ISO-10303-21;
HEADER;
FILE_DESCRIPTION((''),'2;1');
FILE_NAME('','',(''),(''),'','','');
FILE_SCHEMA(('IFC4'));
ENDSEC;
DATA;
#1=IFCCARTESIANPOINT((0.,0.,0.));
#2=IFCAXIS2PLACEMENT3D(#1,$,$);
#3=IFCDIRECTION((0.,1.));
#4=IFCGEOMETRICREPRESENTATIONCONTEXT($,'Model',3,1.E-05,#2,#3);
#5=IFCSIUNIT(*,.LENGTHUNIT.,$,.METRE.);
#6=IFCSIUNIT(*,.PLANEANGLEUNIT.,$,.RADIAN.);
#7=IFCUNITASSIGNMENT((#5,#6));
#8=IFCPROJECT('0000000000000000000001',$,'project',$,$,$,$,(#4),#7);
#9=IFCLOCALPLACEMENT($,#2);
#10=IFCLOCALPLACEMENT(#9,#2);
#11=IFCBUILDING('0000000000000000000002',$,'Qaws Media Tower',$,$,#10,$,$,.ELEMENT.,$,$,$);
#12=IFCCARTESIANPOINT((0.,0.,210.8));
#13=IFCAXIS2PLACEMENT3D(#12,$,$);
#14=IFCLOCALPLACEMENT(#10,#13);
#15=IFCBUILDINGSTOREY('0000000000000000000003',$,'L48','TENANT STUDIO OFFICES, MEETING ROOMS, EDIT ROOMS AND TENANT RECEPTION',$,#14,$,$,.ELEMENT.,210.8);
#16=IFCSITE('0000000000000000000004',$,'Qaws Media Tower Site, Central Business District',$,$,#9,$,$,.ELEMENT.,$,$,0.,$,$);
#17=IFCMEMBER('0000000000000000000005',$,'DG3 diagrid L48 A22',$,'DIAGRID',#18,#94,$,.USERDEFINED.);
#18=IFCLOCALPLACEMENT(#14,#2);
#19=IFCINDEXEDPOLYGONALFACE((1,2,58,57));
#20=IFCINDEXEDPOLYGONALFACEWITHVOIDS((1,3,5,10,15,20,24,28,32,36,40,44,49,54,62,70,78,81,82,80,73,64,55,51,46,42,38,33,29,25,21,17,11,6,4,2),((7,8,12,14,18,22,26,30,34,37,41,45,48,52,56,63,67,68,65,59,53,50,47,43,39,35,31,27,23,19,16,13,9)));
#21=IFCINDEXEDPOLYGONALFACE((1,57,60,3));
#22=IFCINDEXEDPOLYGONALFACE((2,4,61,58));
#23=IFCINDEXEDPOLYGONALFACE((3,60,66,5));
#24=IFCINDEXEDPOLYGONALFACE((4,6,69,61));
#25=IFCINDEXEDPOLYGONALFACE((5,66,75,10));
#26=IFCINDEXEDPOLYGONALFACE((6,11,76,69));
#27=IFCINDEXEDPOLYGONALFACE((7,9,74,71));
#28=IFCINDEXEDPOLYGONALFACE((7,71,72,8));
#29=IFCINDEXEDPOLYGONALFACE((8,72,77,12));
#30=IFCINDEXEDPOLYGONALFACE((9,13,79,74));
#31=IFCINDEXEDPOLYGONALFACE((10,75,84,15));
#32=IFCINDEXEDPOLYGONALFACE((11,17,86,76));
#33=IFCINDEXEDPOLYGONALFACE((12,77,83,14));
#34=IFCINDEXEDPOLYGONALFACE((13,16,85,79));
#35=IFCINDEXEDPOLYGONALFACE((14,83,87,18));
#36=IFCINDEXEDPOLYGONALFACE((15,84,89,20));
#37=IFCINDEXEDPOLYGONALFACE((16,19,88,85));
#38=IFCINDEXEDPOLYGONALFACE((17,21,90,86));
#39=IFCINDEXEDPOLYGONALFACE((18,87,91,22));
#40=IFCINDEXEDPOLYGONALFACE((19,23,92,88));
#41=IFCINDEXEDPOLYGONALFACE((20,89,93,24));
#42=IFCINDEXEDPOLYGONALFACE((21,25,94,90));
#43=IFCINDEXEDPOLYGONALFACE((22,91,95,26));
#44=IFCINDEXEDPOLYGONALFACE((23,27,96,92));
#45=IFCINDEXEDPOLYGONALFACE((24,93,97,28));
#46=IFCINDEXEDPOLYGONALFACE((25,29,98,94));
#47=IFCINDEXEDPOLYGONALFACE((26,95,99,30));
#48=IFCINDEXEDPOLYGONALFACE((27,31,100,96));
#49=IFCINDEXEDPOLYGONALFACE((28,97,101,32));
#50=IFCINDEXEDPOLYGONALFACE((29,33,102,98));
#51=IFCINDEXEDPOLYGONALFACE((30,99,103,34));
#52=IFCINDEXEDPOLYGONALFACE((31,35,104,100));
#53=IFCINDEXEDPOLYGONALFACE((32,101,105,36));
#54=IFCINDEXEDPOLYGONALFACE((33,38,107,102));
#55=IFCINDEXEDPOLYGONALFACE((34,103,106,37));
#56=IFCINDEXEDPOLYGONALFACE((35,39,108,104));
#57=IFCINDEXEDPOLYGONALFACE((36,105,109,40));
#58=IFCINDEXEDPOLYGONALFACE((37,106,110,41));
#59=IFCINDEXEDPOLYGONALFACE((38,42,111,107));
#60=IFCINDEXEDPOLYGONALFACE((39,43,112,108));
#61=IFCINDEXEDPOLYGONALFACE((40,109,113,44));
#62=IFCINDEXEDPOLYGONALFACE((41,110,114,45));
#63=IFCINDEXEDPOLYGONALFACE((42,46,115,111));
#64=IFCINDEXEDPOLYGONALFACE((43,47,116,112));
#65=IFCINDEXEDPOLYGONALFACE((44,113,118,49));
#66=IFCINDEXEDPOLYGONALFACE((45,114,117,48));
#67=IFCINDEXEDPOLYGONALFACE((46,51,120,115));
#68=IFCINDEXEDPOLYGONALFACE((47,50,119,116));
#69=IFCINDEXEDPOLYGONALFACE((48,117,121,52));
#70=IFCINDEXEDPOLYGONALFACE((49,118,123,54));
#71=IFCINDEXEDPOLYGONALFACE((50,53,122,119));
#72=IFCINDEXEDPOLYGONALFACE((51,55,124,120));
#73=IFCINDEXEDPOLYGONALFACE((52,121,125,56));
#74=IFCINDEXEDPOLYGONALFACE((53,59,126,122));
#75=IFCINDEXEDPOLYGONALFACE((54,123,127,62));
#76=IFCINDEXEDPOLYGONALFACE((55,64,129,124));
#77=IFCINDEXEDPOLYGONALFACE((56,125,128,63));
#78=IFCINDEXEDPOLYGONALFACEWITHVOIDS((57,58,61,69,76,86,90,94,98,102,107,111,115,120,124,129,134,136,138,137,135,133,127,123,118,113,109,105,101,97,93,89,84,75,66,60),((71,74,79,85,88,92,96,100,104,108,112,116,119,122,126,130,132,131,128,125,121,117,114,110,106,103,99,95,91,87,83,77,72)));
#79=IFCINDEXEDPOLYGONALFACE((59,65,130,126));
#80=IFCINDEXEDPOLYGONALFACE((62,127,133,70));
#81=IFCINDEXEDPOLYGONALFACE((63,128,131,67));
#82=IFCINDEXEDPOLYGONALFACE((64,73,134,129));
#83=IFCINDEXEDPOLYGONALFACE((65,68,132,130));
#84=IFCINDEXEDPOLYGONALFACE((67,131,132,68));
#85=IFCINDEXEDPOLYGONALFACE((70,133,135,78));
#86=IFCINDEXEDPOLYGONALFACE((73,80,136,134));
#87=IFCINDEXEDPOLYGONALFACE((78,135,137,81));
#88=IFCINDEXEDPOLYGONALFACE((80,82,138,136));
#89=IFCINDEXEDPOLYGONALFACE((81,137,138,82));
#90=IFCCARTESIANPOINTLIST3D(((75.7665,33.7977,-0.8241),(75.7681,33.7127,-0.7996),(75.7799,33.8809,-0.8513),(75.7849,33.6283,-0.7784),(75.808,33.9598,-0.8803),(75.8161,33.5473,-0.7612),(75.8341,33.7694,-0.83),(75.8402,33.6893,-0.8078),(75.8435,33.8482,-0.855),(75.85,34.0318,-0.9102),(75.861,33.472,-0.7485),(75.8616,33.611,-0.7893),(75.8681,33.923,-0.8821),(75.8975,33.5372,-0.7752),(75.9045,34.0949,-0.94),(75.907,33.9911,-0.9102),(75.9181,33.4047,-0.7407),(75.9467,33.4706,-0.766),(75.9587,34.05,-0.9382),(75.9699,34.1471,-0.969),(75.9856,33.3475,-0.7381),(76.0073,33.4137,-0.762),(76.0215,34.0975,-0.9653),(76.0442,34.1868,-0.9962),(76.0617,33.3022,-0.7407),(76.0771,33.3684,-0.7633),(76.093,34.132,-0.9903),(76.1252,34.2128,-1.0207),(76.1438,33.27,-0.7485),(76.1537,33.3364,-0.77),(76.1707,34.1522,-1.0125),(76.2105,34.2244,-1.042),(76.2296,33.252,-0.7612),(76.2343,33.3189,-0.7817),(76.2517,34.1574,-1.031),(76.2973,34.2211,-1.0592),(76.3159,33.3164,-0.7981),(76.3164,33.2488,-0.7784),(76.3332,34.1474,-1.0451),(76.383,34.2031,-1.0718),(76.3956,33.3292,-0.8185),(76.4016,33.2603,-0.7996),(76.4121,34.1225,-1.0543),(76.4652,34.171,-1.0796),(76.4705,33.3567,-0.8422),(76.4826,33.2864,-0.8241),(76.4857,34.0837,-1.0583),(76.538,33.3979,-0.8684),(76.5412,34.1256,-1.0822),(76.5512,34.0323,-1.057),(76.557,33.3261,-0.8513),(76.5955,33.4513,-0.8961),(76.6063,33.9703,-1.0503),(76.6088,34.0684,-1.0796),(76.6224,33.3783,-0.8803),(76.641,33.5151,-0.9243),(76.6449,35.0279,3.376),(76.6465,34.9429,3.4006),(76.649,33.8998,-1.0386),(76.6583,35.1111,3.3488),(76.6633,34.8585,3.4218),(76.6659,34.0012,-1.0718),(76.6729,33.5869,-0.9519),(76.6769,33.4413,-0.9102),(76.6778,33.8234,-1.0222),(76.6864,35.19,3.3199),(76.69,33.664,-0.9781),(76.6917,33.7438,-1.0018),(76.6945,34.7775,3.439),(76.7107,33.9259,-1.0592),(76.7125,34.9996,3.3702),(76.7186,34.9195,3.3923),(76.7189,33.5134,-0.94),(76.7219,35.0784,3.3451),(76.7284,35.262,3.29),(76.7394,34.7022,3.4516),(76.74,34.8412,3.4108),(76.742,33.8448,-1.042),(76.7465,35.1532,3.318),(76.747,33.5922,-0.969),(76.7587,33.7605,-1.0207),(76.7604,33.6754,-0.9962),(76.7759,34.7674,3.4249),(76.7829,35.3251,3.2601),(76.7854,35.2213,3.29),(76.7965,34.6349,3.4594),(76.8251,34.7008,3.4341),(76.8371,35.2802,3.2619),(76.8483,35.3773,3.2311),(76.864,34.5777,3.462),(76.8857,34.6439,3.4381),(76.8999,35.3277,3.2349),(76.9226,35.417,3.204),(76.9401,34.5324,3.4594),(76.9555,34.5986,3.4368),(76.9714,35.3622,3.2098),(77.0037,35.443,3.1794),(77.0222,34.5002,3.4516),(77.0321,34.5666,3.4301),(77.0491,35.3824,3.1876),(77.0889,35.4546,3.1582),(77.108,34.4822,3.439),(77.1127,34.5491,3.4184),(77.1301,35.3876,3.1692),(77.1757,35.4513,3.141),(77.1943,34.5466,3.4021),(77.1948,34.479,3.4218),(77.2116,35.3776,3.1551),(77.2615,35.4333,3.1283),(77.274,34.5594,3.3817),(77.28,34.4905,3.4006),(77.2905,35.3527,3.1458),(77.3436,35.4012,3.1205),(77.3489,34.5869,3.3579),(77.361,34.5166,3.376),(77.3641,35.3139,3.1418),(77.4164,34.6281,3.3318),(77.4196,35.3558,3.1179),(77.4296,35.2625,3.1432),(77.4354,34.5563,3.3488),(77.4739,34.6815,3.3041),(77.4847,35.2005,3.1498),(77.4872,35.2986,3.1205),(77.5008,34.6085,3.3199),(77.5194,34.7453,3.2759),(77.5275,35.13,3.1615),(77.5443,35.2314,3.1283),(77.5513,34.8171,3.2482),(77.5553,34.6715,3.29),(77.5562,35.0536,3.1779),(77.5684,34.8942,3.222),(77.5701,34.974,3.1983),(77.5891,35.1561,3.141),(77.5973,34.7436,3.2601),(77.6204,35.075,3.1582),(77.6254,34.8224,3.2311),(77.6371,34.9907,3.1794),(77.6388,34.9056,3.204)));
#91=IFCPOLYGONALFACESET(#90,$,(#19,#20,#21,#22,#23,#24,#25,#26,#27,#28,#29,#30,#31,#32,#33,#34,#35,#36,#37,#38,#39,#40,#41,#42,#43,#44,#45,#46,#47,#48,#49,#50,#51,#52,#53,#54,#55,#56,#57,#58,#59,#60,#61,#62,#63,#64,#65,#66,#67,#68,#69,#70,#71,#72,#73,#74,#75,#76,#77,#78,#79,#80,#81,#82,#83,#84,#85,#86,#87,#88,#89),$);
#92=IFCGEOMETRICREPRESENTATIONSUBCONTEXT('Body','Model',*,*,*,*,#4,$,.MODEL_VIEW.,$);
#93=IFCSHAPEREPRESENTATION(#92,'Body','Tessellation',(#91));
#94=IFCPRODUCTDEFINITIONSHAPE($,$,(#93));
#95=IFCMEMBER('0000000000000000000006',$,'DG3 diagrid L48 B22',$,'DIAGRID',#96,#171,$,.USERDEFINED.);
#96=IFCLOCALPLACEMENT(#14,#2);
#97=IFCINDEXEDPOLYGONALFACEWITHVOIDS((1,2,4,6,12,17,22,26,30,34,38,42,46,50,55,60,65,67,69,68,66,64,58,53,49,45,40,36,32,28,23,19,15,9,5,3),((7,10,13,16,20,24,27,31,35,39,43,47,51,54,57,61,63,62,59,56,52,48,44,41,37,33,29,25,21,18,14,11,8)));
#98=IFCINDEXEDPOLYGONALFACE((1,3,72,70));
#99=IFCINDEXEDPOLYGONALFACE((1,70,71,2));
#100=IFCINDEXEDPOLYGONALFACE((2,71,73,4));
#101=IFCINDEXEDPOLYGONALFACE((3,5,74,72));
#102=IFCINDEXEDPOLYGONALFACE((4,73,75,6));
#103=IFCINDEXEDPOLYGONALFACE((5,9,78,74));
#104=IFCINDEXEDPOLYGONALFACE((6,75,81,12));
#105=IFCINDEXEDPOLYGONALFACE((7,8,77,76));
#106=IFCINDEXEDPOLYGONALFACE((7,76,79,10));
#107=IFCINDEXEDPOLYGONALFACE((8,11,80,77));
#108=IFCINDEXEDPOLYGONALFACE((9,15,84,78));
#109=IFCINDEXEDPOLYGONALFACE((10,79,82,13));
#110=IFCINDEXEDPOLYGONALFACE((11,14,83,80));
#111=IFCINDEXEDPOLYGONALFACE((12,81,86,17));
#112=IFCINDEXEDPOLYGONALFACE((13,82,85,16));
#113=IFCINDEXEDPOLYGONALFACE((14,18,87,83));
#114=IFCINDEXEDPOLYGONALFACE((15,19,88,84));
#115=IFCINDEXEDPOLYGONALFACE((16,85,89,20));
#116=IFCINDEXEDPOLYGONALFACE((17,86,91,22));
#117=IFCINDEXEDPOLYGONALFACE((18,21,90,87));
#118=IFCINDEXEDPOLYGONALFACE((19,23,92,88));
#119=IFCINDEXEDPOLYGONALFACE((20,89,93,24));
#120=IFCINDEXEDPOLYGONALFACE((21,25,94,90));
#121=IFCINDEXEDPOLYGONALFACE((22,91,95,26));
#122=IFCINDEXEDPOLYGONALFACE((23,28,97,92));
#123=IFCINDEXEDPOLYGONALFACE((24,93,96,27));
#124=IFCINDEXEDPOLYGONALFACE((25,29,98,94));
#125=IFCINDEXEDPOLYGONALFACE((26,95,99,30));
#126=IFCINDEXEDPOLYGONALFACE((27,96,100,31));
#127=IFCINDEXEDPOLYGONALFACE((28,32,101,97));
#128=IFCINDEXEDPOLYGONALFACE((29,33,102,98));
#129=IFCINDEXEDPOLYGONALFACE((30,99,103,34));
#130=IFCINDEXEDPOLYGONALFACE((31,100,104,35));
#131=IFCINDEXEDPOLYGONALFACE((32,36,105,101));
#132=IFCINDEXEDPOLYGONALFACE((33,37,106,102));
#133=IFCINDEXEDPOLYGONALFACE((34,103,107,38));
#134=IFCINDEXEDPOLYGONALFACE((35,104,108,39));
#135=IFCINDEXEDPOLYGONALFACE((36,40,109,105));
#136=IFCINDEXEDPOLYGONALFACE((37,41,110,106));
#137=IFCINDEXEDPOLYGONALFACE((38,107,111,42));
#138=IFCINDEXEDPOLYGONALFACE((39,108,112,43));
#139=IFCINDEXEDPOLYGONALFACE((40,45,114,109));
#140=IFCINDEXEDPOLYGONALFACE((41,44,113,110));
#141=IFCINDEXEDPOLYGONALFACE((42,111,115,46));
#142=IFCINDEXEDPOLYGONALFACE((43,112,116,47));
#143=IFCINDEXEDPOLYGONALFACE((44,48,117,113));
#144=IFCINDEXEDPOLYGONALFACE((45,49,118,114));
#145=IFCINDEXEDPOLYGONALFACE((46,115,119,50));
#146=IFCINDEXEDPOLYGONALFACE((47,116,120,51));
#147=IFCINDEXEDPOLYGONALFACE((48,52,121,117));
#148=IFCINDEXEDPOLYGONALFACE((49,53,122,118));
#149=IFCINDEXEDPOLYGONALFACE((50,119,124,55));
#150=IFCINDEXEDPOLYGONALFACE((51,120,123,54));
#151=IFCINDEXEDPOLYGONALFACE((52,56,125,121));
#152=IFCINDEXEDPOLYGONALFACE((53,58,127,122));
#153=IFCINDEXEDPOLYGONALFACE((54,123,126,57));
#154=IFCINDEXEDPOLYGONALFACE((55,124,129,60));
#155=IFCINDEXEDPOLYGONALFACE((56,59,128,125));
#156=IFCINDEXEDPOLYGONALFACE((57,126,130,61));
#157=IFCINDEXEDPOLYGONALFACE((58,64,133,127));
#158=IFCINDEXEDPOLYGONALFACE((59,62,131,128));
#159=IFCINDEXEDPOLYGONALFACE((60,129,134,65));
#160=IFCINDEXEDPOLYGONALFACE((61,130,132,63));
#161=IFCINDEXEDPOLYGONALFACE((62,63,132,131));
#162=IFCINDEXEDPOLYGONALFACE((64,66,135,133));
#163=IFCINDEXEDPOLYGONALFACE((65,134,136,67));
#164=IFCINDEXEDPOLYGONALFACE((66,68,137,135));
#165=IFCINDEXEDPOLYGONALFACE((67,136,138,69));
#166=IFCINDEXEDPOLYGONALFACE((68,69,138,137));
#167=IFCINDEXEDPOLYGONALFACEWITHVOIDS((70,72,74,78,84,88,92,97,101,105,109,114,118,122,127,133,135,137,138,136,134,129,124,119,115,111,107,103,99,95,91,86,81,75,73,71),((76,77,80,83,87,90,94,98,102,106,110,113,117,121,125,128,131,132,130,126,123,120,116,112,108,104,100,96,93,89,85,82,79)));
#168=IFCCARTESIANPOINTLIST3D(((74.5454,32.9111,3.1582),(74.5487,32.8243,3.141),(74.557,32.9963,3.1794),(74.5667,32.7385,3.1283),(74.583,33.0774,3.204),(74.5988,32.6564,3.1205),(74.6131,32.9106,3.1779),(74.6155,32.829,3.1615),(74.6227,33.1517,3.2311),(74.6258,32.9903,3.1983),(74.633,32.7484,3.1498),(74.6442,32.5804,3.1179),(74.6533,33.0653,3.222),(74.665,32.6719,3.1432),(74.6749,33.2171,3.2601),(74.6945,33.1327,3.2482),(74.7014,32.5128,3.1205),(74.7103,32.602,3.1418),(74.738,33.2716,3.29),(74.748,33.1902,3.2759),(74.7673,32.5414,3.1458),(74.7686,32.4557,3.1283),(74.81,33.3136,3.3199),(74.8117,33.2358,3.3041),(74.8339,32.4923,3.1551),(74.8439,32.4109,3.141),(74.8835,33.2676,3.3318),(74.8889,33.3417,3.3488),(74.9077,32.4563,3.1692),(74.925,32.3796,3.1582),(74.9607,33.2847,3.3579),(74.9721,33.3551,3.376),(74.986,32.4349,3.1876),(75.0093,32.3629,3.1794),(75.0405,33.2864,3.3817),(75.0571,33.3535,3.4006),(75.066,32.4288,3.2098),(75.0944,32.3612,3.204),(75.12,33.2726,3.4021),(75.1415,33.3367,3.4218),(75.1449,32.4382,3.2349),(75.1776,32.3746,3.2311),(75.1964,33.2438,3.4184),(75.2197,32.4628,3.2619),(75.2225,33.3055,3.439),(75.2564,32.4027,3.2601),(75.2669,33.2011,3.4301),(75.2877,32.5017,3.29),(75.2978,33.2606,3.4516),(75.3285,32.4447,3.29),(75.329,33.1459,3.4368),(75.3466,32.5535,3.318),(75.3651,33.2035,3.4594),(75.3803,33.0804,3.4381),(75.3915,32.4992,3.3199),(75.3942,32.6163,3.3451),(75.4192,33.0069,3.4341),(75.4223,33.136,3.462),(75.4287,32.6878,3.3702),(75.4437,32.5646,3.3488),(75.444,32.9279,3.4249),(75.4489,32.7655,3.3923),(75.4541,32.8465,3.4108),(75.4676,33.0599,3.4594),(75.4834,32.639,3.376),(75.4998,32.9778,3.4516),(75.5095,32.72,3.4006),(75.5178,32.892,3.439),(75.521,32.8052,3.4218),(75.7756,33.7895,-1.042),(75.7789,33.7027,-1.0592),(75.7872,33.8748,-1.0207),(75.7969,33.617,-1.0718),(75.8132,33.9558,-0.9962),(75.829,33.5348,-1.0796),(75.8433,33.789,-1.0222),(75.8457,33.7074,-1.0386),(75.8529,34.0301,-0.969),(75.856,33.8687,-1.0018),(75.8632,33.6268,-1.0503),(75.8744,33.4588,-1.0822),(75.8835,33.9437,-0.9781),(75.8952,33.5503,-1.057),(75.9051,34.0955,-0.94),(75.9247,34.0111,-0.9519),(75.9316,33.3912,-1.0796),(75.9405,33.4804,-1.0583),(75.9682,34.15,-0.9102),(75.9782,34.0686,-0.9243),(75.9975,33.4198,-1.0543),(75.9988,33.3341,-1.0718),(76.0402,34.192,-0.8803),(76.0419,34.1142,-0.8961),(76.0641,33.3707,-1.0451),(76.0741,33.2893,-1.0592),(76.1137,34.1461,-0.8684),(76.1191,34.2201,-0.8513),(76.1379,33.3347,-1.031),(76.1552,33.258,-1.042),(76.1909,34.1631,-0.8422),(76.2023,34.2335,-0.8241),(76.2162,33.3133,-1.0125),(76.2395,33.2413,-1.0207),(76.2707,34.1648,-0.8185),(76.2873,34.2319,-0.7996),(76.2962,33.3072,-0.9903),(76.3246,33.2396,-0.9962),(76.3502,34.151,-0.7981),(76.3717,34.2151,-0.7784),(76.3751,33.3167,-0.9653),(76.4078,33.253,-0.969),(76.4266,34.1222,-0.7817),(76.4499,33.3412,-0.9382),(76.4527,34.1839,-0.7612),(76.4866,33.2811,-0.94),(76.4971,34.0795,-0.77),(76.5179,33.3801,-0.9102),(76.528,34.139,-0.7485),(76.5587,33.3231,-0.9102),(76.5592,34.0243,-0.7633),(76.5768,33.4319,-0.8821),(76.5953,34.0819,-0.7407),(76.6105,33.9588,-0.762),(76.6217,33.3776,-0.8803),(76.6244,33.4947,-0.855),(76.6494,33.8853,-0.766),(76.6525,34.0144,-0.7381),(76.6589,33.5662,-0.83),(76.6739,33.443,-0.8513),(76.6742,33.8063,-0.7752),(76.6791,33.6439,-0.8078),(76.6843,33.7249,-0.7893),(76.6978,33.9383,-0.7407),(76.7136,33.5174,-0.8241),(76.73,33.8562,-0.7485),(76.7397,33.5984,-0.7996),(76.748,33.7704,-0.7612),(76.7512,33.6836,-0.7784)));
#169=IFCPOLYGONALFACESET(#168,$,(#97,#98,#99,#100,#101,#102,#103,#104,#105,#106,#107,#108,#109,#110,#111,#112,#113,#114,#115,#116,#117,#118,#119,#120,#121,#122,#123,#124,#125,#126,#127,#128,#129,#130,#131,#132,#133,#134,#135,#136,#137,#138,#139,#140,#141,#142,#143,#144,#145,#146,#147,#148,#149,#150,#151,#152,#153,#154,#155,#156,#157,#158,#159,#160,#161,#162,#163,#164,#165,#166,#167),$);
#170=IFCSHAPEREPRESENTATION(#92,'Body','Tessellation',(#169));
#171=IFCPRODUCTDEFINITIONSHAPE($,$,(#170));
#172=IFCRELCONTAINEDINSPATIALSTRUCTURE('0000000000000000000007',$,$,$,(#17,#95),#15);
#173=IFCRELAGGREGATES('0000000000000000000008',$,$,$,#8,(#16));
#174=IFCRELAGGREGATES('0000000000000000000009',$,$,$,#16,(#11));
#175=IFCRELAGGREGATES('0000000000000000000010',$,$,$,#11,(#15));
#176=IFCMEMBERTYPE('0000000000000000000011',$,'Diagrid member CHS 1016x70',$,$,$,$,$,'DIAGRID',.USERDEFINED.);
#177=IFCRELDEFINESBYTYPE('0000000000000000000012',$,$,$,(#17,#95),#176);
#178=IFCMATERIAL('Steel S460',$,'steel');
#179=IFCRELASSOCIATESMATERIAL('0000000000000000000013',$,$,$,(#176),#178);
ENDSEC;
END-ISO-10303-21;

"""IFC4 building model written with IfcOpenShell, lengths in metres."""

from ifc_helpers import new_model, si_unit, direction, frame, origin, origin_2d, place, context, subcontext, project, spatial, hollow_circle, extrude, material, material_profile, profile_set, type_object, element, save


model = new_model("IFC4")

# Units and contexts
model_context = context("Model", 3, precision=1e-05, world=origin(), true_north=direction((0.0, 1.0)))
body_context = subcontext(model_context, "Body", "Model", "MODEL_VIEW")
ifc_project = project(units=[si_unit("LENGTHUNIT", "METRE"), si_unit("PLANEANGLEUNIT", "RADIAN")], contexts=[model_context])

# Site, building, storey
site_placement = place(None, origin())
site = spatial("IfcSite", under=ifc_project, at=site_placement, Name="Qaws Media Tower Site, Central Business District", CompositionType="ELEMENT", RefElevation=0.0)
building_placement = place(site_placement, origin())
building = spatial("IfcBuilding", under=site, at=building_placement, Name="Qaws Media Tower", CompositionType="ELEMENT")
storey_placement = place(building_placement, frame((0.0, 0.0, 210.8)))
storey = spatial("IfcBuildingStorey", under=building, at=storey_placement, Name="L48", Description="TENANT STUDIO OFFICES, MEETING ROOMS, EDIT ROOMS AND TENANT RECEPTION", CompositionType="ELEMENT", Elevation=210.8)

# Members
ifc_material_1 = material(Name="Steel S460", Category="steel")
ifc_material_profile_1 = material_profile(ifc_material_1, hollow_circle(Radius=0.5081, WallThickness=0.0701, at=origin_2d()), Name="CHS 1016x70")
ifc_profile_set_1 = profile_set([ifc_material_profile_1], Name="Steel S460")
member_type_1 = type_object("IfcMemberType", Name="Diagrid member CHS 1016x70", ElementType="DIAGRID", PredefinedType="USERDEFINED", material=ifc_profile_set_1)
for number, where, z_axis, x_axis, name in (
    (1, (76.2634, 33.7366, -0.9102), (0.196781, 0.275592, 0.940918), (-0.813832, 0.581101, 0.0), "DG3 diagrid L48 A22"),
    (2, (76.2634, 33.7366, -0.9102), (-0.275592, -0.196781, 0.940918), (0.581101, -0.813832, 0.0), "DG3 diagrid L48 B22"),
):
    element("IfcMember", number, at=place(storey_placement, frame(where, z_axis=z_axis, x_axis=x_axis)), inside=storey, type_object=member_type_1, Name=name, ObjectType="DIAGRID", PredefinedType="USERDEFINED", context=body_context, shape_type="SweptSolid", body=[
        extrude(hollow_circle(Radius=0.5081, WallThickness=0.0701, at=origin_2d()), origin(), (0.0, 0.0, 1.0), 4.4639),
    ])

save(model, "model.ifc")
